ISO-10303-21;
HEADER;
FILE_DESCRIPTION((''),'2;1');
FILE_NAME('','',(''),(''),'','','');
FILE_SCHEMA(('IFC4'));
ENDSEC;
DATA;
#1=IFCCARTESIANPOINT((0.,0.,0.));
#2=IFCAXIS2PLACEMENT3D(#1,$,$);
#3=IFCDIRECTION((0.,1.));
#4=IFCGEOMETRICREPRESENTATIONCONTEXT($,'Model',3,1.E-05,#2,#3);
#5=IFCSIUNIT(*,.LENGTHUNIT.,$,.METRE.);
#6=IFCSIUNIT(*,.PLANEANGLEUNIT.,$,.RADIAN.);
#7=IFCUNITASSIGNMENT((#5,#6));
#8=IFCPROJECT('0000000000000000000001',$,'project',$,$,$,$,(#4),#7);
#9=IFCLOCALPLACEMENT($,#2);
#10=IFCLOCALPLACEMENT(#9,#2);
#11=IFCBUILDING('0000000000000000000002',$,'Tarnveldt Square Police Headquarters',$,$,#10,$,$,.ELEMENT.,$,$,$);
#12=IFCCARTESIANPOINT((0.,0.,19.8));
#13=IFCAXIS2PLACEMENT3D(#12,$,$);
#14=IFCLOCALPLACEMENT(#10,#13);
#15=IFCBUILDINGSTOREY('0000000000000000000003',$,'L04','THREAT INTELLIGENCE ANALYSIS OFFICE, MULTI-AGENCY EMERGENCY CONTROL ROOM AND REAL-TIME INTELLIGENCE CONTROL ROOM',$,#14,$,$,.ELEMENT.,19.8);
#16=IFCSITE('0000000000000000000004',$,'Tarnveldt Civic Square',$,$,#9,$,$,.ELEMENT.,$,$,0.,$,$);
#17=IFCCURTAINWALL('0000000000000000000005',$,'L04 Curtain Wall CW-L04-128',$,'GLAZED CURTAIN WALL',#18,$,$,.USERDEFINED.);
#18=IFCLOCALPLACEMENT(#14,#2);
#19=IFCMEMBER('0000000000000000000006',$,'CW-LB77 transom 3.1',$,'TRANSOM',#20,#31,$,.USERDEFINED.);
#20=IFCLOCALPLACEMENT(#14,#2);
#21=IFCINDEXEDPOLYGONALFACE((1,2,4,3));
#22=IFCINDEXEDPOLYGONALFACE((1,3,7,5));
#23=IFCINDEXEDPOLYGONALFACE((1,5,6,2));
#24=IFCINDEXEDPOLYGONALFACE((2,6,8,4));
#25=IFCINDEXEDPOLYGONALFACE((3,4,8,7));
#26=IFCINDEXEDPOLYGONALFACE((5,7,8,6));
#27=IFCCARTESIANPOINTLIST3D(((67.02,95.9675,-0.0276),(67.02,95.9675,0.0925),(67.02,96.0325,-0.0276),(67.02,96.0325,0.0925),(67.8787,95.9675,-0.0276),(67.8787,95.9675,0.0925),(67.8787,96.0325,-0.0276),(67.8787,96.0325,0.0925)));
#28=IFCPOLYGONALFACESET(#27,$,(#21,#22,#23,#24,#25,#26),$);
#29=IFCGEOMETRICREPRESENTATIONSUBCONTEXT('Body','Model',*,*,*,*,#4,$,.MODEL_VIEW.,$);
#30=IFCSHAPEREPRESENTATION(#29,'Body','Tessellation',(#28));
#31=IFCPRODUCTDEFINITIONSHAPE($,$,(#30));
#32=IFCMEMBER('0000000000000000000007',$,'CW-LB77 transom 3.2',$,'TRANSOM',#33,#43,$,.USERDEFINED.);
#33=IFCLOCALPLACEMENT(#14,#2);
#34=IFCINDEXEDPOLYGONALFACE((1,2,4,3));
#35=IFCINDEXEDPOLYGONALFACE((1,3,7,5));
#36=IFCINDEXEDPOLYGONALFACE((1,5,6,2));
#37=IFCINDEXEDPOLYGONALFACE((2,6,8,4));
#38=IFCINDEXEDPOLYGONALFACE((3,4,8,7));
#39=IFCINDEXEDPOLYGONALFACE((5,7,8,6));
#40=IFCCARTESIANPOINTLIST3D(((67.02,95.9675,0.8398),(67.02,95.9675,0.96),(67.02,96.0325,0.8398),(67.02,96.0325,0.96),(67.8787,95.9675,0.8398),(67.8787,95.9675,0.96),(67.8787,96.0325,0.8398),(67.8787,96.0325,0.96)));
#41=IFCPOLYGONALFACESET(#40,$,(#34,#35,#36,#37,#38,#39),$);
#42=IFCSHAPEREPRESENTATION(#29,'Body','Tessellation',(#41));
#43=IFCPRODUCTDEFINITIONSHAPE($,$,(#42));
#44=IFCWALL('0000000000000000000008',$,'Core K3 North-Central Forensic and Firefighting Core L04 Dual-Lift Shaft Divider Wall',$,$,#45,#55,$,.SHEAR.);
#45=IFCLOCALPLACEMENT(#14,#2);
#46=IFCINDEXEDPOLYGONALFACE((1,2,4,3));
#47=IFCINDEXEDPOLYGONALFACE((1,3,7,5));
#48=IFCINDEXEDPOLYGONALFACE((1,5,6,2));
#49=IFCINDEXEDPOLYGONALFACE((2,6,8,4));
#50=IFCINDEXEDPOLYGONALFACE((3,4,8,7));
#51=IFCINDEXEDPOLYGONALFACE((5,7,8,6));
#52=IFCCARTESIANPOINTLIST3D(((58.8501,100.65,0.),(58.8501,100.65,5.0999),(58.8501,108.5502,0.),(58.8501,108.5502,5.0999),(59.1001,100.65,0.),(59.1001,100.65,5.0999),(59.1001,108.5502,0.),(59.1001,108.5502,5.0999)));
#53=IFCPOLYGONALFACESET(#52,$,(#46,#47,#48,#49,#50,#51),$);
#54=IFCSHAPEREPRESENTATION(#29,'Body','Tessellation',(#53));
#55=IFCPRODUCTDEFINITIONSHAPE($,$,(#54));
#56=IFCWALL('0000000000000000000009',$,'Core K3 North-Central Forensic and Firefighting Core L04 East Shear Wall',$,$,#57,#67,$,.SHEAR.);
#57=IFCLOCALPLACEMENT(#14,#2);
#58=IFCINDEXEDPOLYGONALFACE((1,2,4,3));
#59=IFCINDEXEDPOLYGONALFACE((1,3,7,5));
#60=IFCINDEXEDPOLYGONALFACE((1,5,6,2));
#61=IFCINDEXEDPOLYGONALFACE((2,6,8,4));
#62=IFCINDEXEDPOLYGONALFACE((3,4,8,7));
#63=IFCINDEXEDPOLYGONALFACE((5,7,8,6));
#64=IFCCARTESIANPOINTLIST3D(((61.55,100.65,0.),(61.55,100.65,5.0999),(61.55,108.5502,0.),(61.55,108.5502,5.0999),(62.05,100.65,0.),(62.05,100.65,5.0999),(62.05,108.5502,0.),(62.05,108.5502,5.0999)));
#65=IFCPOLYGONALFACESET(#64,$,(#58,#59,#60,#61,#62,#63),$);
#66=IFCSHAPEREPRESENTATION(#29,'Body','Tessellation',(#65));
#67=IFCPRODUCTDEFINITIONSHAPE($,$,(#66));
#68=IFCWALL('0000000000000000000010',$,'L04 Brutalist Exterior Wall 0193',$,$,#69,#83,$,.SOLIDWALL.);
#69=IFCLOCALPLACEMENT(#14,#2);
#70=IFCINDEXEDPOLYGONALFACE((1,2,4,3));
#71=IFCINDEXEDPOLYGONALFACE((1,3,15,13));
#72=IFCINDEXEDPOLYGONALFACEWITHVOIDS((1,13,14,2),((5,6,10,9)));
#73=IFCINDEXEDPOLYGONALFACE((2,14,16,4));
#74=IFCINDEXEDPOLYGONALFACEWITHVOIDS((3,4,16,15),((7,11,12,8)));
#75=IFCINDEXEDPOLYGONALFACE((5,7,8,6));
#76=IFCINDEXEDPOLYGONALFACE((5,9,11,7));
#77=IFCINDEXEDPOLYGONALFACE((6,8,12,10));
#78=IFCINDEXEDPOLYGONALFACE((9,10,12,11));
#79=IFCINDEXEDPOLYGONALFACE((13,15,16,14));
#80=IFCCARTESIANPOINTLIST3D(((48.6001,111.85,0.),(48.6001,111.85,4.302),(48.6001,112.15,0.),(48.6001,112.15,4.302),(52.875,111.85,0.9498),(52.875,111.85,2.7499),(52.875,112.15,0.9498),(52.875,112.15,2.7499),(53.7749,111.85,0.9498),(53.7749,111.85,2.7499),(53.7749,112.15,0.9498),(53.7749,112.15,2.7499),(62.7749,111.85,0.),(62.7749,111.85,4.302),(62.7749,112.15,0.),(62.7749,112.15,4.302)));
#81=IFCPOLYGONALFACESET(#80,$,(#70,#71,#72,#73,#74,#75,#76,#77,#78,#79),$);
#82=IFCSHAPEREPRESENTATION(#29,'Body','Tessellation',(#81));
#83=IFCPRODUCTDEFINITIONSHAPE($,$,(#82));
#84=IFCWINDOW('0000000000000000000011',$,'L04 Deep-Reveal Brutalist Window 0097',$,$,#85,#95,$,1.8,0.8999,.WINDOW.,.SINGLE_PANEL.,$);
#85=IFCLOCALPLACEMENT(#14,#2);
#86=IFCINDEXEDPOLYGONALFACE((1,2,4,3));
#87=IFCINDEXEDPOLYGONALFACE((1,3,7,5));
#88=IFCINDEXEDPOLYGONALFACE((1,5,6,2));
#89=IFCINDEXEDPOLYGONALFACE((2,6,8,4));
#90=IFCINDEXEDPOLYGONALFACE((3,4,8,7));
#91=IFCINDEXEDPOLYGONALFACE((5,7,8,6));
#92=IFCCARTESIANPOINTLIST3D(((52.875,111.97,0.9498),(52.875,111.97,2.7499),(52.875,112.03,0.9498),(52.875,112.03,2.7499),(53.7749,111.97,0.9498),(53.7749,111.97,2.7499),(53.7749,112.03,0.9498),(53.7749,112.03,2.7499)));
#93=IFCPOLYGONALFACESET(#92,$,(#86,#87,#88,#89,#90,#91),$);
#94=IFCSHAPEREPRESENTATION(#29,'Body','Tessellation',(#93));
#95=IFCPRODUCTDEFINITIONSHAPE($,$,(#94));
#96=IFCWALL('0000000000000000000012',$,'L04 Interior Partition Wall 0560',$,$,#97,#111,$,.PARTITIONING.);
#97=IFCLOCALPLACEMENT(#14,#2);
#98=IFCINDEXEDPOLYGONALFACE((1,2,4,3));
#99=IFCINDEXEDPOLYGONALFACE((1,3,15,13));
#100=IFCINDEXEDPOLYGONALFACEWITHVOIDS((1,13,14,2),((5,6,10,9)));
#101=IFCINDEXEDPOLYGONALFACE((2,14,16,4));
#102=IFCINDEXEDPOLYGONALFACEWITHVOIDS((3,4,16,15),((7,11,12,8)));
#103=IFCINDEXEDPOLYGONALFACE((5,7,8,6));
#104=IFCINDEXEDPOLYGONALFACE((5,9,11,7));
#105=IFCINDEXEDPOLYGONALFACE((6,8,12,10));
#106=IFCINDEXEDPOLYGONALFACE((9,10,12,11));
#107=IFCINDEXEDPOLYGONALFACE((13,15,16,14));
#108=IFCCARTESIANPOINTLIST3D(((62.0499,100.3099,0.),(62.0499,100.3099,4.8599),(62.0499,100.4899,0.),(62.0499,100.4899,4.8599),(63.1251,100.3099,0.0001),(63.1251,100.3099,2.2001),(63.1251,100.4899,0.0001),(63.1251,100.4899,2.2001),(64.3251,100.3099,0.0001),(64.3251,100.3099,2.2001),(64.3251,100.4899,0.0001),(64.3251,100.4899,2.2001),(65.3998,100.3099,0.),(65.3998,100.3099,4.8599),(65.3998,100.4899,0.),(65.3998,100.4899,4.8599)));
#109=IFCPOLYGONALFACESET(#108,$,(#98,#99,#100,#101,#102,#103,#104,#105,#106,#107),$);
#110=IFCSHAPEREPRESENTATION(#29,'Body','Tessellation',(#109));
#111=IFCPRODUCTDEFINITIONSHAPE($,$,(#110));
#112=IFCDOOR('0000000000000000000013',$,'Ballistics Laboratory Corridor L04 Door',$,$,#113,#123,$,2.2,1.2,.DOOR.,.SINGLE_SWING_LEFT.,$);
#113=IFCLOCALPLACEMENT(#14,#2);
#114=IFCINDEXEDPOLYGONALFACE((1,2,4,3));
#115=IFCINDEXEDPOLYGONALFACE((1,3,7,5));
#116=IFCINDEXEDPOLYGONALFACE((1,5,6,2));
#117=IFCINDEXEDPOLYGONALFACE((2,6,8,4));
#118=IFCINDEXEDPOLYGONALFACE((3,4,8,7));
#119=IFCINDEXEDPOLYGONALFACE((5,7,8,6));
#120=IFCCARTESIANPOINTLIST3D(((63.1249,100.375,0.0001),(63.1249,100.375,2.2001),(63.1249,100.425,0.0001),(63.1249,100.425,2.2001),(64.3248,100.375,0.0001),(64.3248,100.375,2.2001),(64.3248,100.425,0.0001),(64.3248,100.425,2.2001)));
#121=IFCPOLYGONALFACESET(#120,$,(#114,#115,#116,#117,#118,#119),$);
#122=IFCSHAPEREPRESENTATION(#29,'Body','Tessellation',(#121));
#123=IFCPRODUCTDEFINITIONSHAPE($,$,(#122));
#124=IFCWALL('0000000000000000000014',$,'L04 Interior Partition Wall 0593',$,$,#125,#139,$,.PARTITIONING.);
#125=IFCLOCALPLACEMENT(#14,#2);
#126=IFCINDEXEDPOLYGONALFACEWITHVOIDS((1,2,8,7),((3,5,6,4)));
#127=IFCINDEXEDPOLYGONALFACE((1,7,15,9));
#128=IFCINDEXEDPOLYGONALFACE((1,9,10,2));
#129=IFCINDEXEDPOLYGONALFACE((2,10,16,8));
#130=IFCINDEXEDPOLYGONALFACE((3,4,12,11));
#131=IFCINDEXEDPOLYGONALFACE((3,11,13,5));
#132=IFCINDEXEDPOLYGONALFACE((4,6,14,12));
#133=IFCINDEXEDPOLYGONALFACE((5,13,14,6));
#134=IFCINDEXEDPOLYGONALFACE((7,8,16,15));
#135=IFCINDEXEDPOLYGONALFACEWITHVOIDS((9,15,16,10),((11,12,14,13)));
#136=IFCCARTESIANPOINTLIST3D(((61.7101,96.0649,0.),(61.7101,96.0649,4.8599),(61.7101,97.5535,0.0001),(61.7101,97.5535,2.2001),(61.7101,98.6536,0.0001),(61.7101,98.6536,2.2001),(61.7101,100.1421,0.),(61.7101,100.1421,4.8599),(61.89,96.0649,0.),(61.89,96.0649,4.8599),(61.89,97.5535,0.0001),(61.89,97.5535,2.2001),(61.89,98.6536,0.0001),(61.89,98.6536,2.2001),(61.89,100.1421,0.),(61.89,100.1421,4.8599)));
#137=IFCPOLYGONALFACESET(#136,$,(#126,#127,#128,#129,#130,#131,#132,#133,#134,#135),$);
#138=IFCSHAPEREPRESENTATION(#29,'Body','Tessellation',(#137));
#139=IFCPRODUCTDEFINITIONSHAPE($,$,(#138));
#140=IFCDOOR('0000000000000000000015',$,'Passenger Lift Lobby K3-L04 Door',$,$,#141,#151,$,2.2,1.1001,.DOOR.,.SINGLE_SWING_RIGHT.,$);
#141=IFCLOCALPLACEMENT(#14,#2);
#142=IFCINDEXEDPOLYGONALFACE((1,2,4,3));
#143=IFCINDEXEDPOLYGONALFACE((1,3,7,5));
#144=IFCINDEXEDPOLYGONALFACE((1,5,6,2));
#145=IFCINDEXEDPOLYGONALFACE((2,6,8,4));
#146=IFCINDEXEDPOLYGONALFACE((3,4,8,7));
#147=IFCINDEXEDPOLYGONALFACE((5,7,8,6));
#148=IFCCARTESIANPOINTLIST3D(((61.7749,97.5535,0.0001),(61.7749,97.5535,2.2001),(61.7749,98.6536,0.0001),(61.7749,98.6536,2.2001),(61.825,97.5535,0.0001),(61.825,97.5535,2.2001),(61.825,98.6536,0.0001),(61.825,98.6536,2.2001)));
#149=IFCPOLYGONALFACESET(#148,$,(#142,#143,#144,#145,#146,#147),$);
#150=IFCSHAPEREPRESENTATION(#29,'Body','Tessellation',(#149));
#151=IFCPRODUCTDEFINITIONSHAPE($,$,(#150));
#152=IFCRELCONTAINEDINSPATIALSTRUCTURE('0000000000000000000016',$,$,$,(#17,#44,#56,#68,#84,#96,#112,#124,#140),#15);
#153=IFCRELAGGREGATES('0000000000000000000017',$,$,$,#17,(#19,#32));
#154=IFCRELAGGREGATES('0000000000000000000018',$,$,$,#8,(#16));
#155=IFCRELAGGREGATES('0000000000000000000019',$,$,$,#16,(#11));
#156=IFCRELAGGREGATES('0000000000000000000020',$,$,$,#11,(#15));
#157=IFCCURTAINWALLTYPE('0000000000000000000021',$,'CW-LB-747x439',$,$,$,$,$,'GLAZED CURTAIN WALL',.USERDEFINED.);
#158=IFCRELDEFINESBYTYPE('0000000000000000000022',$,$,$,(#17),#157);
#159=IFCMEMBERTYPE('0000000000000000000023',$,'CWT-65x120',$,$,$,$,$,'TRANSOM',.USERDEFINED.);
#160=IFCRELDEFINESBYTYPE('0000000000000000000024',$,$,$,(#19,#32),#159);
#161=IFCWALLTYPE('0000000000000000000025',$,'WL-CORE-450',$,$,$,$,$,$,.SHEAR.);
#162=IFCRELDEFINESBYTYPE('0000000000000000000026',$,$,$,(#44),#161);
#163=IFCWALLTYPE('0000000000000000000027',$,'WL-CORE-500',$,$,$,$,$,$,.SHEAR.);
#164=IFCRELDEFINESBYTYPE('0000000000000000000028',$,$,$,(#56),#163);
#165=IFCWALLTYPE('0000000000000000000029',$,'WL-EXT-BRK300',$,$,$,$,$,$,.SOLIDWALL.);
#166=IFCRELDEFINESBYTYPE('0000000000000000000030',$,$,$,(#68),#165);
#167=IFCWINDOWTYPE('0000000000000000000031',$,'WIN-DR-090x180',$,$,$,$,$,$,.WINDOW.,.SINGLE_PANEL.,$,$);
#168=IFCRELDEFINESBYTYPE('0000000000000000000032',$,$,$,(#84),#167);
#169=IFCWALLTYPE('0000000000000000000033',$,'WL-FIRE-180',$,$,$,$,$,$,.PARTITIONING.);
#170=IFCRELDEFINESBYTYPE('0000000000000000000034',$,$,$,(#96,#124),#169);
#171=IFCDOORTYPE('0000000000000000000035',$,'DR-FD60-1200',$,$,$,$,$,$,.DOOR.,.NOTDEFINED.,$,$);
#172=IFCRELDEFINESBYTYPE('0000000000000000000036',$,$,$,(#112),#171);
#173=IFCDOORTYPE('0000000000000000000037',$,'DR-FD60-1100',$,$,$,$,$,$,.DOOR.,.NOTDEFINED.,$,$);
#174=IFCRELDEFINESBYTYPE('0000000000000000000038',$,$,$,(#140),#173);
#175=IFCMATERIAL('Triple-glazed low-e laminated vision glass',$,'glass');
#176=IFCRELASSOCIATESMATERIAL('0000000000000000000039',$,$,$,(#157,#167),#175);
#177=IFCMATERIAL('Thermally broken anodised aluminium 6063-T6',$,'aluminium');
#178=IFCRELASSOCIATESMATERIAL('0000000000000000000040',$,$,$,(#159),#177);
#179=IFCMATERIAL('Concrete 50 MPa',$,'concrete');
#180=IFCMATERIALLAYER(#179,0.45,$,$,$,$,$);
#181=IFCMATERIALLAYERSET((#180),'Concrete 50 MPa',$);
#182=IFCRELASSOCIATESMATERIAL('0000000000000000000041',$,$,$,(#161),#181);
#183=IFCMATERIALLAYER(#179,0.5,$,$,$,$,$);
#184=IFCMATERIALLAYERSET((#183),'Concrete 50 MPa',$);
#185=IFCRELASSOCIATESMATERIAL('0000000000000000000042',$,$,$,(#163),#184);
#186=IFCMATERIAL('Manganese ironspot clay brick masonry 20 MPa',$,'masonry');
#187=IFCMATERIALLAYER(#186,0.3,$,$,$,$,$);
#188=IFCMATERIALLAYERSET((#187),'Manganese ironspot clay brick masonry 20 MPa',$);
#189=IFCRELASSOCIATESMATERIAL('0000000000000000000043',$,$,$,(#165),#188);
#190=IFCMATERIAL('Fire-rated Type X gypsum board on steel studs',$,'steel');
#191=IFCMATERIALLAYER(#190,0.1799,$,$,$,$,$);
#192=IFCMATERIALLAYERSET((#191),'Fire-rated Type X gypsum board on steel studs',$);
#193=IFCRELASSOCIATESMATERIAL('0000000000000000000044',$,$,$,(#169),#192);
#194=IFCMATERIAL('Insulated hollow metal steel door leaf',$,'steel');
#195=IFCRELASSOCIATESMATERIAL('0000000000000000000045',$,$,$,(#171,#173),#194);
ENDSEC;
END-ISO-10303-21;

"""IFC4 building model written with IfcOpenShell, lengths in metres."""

from ifc_helpers import new_model, si_unit, direction, frame, frame_2d, origin, origin_2d, place, context, subcontext, project, spatial, rectangle, extrude, material, layer, layer_set, material_profile, profile_set, type_object, element, fill, aggregate, save


model = new_model("IFC4")

# Units and contexts
model_context = context("Model", 3, precision=1e-05, world=origin(), true_north=direction((0.0, 1.0)))
body_context = subcontext(model_context, "Body", "Model", "MODEL_VIEW")
ifc_project = project(units=[si_unit("LENGTHUNIT", "METRE"), si_unit("PLANEANGLEUNIT", "RADIAN")], contexts=[model_context])

# Site, building, storey
site_placement = place(None, origin())
site = spatial("IfcSite", under=ifc_project, at=site_placement, Name="Tarnveldt Civic Square", CompositionType="ELEMENT", RefElevation=0.0)
building_placement = place(site_placement, origin())
building = spatial("IfcBuilding", under=site, at=building_placement, Name="Tarnveldt Square Police Headquarters", CompositionType="ELEMENT")
storey_placement = place(building_placement, frame((0.0, 0.0, 19.8)))
storey = spatial("IfcBuildingStorey", under=building, at=storey_placement, Name="L04", Description="THREAT INTELLIGENCE ANALYSIS OFFICE, MULTI-AGENCY EMERGENCY CONTROL ROOM AND REAL-TIME INTELLIGENCE CONTROL ROOM", CompositionType="ELEMENT", Elevation=19.8)

# Curtain wall, members
ifc_material_1 = material(Name="Triple-glazed low-e laminated vision glass", Category="glass")
curtain_wall_type = type_object("IfcCurtainWallType", Name="CW-LB-747x439", ElementType="GLAZED CURTAIN WALL", PredefinedType="USERDEFINED", material=ifc_material_1)
curtain_wall_placement = place(storey_placement, origin())
curtain_wall = element("IfcCurtainWall", 1, at=curtain_wall_placement, inside=storey, type_object=curtain_wall_type, Name="L04 Curtain Wall CW-L04-128", ObjectType="GLAZED CURTAIN WALL", PredefinedType="USERDEFINED")
ifc_material_2 = material(Name="Thermally broken anodised aluminium 6063-T6", Category="aluminium")
ifc_material_profile_1 = material_profile(ifc_material_2, rectangle(XDim=0.0649, YDim=0.1201, at=origin_2d()), Name="CW-T65x120")
ifc_profile_set_1 = profile_set([ifc_material_profile_1], Name="Thermally broken anodised aluminium 6063-T6")
member_type = type_object("IfcMemberType", Name="CWT-65x120", ElementType="TRANSOM", PredefinedType="USERDEFINED", material=ifc_profile_set_1)
member_1_placement = place(storey_placement, frame((67.02, 96.0, 0.0325), z_axis=(1.0, 0.0, 0.0), x_axis=(0.0, 1.0, 0.0)))
member_1 = element("IfcMember", 2, at=member_1_placement, type_object=member_type, Name="CW-LB77 transom 3.1", ObjectType="TRANSOM", PredefinedType="USERDEFINED", context=body_context, shape_type="SweptSolid", body=[
    extrude(rectangle(XDim=0.0649, YDim=0.1201, at=origin_2d()), origin(), (0.0, 0.0, 1.0), 0.8586),
])
member_2_placement = place(storey_placement, frame((67.02, 96.0, 0.8999), z_axis=(1.0, 0.0, 0.0), x_axis=(0.0, 1.0, 0.0)))
member_2 = element("IfcMember", 3, at=member_2_placement, type_object=member_type, Name="CW-LB77 transom 3.2", ObjectType="TRANSOM", PredefinedType="USERDEFINED", context=body_context, shape_type="SweptSolid", body=[
    extrude(rectangle(XDim=0.0649, YDim=0.1201, at=origin_2d()), origin(), (0.0, 0.0, 1.0), 0.8586),
])
aggregate(curtain_wall, [member_1, member_2])

# Walls
ifc_material_3 = material(Name="Concrete 50 MPa", Category="concrete")
ifc_layer_1 = layer(ifc_material_3, 0.45)
ifc_layer_set_1 = layer_set([ifc_layer_1], Name="Concrete 50 MPa")
wall_type_1 = type_object("IfcWallType", Name="WL-CORE-450", PredefinedType="SHEAR", material=ifc_layer_set_1)
wall_1_placement = place(storey_placement, frame((58.9751, 100.6499, 0.0), z_axis=(0.0, 0.0, 1.0), x_axis=(0.0, 1.0, 0.0)))
element("IfcWall", 4, at=wall_1_placement, inside=storey, type_object=wall_type_1, Name="Core K3 North-Central Forensic and Firefighting Core L04 Dual-Lift Shaft Divider Wall", PredefinedType="SHEAR", context=body_context, shape_type="SweptSolid", body=[
    extrude(rectangle(XDim=7.9001, YDim=0.25, at=frame_2d((3.9502, 0.0))), origin(), (0.0, 0.0, 1.0), 5.0999),
])
ifc_layer_2 = layer(ifc_material_3, 0.5)
ifc_layer_set_2 = layer_set([ifc_layer_2], Name="Concrete 50 MPa")
wall_type_2 = type_object("IfcWallType", Name="WL-CORE-500", PredefinedType="SHEAR", material=ifc_layer_set_2)
wall_2_placement = place(storey_placement, frame((61.8, 100.6499, 0.0), z_axis=(0.0, 0.0, 1.0), x_axis=(0.0, 1.0, 0.0)))
element("IfcWall", 5, at=wall_2_placement, inside=storey, type_object=wall_type_2, Name="Core K3 North-Central Forensic and Firefighting Core L04 East Shear Wall", PredefinedType="SHEAR", context=body_context, shape_type="SweptSolid", body=[
    extrude(rectangle(XDim=7.9001, YDim=0.5, at=frame_2d((3.9502, 0.0))), origin(), (0.0, 0.0, 1.0), 5.0999),
])

# Wall, opening, window
ifc_material_4 = material(Name="Manganese ironspot clay brick masonry 20 MPa", Category="masonry")
ifc_layer_3 = layer(ifc_material_4, 0.3)
ifc_layer_set_3 = layer_set([ifc_layer_3], Name="Manganese ironspot clay brick masonry 20 MPa")
wall_type_3 = type_object("IfcWallType", Name="WL-EXT-BRK300", PredefinedType="SOLIDWALL", material=ifc_layer_set_3)
wall_3_placement = place(storey_placement, frame((62.7749, 112.0, 0.0), z_axis=(0.0, 0.0, 1.0), x_axis=(-1.0, 0.0, 0.0)))
wall_3 = element("IfcWall", 6, at=wall_3_placement, inside=storey, type_object=wall_type_3, Name="L04 Brutalist Exterior Wall 0193", PredefinedType="SOLIDWALL", context=body_context, shape_type="SweptSolid", body=[
    extrude(rectangle(XDim=14.1748, YDim=0.3, at=frame_2d((7.0874, 0.0))), origin(), (0.0, 0.0, 1.0), 4.302),
])
opening_1_placement = place(wall_3_placement, frame((9.0, 0.0, 0.95)))
opening_1 = element("IfcOpeningElement", 7, at=opening_1_placement, cuts=wall_3, PredefinedType="OPENING", context=body_context, shape_type="SweptSolid", body=[
    extrude(rectangle(XDim=0.8999, YDim=1.8, at=frame_2d((0.45, 0.8999))), frame((0.0, 0.1599, 0.0), z_axis=(0.0, -1.0, 0.0), x_axis=(1.0, 0.0, 0.0)), (0.0, 0.0, 1.0), 0.3201),
])
window_type = type_object("IfcWindowType", Name="WIN-DR-090x180", PartitioningType="SINGLE_PANEL", PredefinedType="WINDOW", material=ifc_material_1)
window_placement = place(opening_1_placement, origin())
window = element("IfcWindow", 8, at=window_placement, inside=storey, type_object=window_type, Name="L04 Deep-Reveal Brutalist Window 0097", OverallHeight=1.8, OverallWidth=0.8999, PartitioningType="SINGLE_PANEL", PredefinedType="WINDOW", context=body_context, shape_type="SweptSolid", body=[
    extrude(rectangle(XDim=0.8999, YDim=1.8, at=frame_2d((0.45, 0.8999))), frame((0.0, 0.03, 0.0), z_axis=(0.0, -1.0, 0.0), x_axis=(1.0, 0.0, 0.0)), (0.0, 0.0, 1.0), 0.0601),
])
fill(opening_1, window)

# Walls, openings, doors
ifc_material_5 = material(Name="Fire-rated Type X gypsum board on steel studs", Category="steel")
ifc_layer_4 = layer(ifc_material_5, 0.1799)
ifc_layer_set_4 = layer_set([ifc_layer_4], Name="Fire-rated Type X gypsum board on steel studs")
wall_type_4 = type_object("IfcWallType", Name="WL-FIRE-180", PredefinedType="PARTITIONING", material=ifc_layer_set_4)
wall_4_placement = place(storey_placement, frame((62.05, 100.3999, 0.0), z_axis=(0.0, 0.0, 1.0), x_axis=(1.0, 0.0, 0.0)))
wall_4 = element("IfcWall", 9, at=wall_4_placement, inside=storey, type_object=wall_type_4, Name="L04 Interior Partition Wall 0560", PredefinedType="PARTITIONING", context=body_context, shape_type="SweptSolid", body=[
    extrude(rectangle(XDim=3.3499, YDim=0.1799, at=frame_2d((1.6748, 0.0))), origin(), (0.0, 0.0, 1.0), 4.8599),
])
opening_2_placement = place(wall_4_placement, frame((1.075, 0.0, 0.0)))
opening_2 = element("IfcOpeningElement", 10, at=opening_2_placement, cuts=wall_4, PredefinedType="OPENING", context=body_context, shape_type="SweptSolid", body=[
    extrude(rectangle(XDim=1.2, YDim=2.2, at=frame_2d((0.6001, 1.1001))), frame((0.0, 0.0999, 0.0), z_axis=(0.0, -1.0, 0.0), x_axis=(1.0, 0.0, 0.0)), (0.0, 0.0, 1.0), 0.2),
])
ifc_material_6 = material(Name="Insulated hollow metal steel door leaf", Category="steel")
door_type_1 = type_object("IfcDoorType", Name="DR-FD60-1200", OperationType="NOTDEFINED", PredefinedType="DOOR", material=ifc_material_6)
door_1_placement = place(opening_2_placement, frame((1.2, 0.0, 0.0), z_axis=(0.0, 0.0, 1.0), x_axis=(-1.0, 0.0, 0.0)))
door_1 = element("IfcDoor", 11, at=door_1_placement, inside=storey, type_object=door_type_1, Name="Ballistics Laboratory Corridor L04 Door", OperationType="SINGLE_SWING_LEFT", OverallHeight=2.2, OverallWidth=1.2, PredefinedType="DOOR", context=body_context, shape_type="SweptSolid", body=[
    extrude(rectangle(XDim=1.2, YDim=2.2, at=frame_2d((0.6001, 1.1001))), frame((0.0, 0.0249, 0.0), z_axis=(0.0, -1.0, 0.0), x_axis=(1.0, 0.0, 0.0)), (0.0, 0.0, 1.0), 0.05),
])
fill(opening_2, door_1)
wall_5_placement = place(storey_placement, frame((61.8, 96.0649, 0.0), z_axis=(0.0, 0.0, 1.0), x_axis=(0.0, 1.0, 0.0)))
wall_5 = element("IfcWall", 12, at=wall_5_placement, inside=storey, type_object=wall_type_4, Name="L04 Interior Partition Wall 0593", PredefinedType="PARTITIONING", context=body_context, shape_type="SweptSolid", body=[
    extrude(rectangle(XDim=4.0771, YDim=0.1799, at=frame_2d((2.0386, 0.0))), origin(), (0.0, 0.0, 1.0), 4.8599),
])
opening_3_placement = place(wall_5_placement, frame((1.4885, 0.0, 0.0)))
opening_3 = element("IfcOpeningElement", 13, at=opening_3_placement, cuts=wall_5, PredefinedType="OPENING", context=body_context, shape_type="SweptSolid", body=[
    extrude(rectangle(XDim=1.1001, YDim=2.2, at=frame_2d((0.55, 1.1001))), frame((0.0, 0.0999, 0.0), z_axis=(0.0, -1.0, 0.0), x_axis=(1.0, 0.0, 0.0)), (0.0, 0.0, 1.0), 0.2),
])
door_type_2 = type_object("IfcDoorType", Name="DR-FD60-1100", OperationType="NOTDEFINED", PredefinedType="DOOR", material=ifc_material_6)
door_2_placement = place(opening_3_placement, frame((1.1001, 0.0, 0.0), z_axis=(0.0, 0.0, 1.0), x_axis=(-1.0, 0.0, 0.0)))
door_2 = element("IfcDoor", 14, at=door_2_placement, inside=storey, type_object=door_type_2, Name="Passenger Lift Lobby K3-L04 Door", OperationType="SINGLE_SWING_RIGHT", OverallHeight=2.2, OverallWidth=1.1001, PredefinedType="DOOR", context=body_context, shape_type="SweptSolid", body=[
    extrude(rectangle(XDim=1.1001, YDim=2.2, at=frame_2d((0.55, 1.1001))), frame((0.0, 0.0249, 0.0), z_axis=(0.0, -1.0, 0.0), x_axis=(1.0, 0.0, 0.0)), (0.0, 0.0, 1.0), 0.05),
])
fill(opening_3, door_2)

save(model, "model.ifc")
